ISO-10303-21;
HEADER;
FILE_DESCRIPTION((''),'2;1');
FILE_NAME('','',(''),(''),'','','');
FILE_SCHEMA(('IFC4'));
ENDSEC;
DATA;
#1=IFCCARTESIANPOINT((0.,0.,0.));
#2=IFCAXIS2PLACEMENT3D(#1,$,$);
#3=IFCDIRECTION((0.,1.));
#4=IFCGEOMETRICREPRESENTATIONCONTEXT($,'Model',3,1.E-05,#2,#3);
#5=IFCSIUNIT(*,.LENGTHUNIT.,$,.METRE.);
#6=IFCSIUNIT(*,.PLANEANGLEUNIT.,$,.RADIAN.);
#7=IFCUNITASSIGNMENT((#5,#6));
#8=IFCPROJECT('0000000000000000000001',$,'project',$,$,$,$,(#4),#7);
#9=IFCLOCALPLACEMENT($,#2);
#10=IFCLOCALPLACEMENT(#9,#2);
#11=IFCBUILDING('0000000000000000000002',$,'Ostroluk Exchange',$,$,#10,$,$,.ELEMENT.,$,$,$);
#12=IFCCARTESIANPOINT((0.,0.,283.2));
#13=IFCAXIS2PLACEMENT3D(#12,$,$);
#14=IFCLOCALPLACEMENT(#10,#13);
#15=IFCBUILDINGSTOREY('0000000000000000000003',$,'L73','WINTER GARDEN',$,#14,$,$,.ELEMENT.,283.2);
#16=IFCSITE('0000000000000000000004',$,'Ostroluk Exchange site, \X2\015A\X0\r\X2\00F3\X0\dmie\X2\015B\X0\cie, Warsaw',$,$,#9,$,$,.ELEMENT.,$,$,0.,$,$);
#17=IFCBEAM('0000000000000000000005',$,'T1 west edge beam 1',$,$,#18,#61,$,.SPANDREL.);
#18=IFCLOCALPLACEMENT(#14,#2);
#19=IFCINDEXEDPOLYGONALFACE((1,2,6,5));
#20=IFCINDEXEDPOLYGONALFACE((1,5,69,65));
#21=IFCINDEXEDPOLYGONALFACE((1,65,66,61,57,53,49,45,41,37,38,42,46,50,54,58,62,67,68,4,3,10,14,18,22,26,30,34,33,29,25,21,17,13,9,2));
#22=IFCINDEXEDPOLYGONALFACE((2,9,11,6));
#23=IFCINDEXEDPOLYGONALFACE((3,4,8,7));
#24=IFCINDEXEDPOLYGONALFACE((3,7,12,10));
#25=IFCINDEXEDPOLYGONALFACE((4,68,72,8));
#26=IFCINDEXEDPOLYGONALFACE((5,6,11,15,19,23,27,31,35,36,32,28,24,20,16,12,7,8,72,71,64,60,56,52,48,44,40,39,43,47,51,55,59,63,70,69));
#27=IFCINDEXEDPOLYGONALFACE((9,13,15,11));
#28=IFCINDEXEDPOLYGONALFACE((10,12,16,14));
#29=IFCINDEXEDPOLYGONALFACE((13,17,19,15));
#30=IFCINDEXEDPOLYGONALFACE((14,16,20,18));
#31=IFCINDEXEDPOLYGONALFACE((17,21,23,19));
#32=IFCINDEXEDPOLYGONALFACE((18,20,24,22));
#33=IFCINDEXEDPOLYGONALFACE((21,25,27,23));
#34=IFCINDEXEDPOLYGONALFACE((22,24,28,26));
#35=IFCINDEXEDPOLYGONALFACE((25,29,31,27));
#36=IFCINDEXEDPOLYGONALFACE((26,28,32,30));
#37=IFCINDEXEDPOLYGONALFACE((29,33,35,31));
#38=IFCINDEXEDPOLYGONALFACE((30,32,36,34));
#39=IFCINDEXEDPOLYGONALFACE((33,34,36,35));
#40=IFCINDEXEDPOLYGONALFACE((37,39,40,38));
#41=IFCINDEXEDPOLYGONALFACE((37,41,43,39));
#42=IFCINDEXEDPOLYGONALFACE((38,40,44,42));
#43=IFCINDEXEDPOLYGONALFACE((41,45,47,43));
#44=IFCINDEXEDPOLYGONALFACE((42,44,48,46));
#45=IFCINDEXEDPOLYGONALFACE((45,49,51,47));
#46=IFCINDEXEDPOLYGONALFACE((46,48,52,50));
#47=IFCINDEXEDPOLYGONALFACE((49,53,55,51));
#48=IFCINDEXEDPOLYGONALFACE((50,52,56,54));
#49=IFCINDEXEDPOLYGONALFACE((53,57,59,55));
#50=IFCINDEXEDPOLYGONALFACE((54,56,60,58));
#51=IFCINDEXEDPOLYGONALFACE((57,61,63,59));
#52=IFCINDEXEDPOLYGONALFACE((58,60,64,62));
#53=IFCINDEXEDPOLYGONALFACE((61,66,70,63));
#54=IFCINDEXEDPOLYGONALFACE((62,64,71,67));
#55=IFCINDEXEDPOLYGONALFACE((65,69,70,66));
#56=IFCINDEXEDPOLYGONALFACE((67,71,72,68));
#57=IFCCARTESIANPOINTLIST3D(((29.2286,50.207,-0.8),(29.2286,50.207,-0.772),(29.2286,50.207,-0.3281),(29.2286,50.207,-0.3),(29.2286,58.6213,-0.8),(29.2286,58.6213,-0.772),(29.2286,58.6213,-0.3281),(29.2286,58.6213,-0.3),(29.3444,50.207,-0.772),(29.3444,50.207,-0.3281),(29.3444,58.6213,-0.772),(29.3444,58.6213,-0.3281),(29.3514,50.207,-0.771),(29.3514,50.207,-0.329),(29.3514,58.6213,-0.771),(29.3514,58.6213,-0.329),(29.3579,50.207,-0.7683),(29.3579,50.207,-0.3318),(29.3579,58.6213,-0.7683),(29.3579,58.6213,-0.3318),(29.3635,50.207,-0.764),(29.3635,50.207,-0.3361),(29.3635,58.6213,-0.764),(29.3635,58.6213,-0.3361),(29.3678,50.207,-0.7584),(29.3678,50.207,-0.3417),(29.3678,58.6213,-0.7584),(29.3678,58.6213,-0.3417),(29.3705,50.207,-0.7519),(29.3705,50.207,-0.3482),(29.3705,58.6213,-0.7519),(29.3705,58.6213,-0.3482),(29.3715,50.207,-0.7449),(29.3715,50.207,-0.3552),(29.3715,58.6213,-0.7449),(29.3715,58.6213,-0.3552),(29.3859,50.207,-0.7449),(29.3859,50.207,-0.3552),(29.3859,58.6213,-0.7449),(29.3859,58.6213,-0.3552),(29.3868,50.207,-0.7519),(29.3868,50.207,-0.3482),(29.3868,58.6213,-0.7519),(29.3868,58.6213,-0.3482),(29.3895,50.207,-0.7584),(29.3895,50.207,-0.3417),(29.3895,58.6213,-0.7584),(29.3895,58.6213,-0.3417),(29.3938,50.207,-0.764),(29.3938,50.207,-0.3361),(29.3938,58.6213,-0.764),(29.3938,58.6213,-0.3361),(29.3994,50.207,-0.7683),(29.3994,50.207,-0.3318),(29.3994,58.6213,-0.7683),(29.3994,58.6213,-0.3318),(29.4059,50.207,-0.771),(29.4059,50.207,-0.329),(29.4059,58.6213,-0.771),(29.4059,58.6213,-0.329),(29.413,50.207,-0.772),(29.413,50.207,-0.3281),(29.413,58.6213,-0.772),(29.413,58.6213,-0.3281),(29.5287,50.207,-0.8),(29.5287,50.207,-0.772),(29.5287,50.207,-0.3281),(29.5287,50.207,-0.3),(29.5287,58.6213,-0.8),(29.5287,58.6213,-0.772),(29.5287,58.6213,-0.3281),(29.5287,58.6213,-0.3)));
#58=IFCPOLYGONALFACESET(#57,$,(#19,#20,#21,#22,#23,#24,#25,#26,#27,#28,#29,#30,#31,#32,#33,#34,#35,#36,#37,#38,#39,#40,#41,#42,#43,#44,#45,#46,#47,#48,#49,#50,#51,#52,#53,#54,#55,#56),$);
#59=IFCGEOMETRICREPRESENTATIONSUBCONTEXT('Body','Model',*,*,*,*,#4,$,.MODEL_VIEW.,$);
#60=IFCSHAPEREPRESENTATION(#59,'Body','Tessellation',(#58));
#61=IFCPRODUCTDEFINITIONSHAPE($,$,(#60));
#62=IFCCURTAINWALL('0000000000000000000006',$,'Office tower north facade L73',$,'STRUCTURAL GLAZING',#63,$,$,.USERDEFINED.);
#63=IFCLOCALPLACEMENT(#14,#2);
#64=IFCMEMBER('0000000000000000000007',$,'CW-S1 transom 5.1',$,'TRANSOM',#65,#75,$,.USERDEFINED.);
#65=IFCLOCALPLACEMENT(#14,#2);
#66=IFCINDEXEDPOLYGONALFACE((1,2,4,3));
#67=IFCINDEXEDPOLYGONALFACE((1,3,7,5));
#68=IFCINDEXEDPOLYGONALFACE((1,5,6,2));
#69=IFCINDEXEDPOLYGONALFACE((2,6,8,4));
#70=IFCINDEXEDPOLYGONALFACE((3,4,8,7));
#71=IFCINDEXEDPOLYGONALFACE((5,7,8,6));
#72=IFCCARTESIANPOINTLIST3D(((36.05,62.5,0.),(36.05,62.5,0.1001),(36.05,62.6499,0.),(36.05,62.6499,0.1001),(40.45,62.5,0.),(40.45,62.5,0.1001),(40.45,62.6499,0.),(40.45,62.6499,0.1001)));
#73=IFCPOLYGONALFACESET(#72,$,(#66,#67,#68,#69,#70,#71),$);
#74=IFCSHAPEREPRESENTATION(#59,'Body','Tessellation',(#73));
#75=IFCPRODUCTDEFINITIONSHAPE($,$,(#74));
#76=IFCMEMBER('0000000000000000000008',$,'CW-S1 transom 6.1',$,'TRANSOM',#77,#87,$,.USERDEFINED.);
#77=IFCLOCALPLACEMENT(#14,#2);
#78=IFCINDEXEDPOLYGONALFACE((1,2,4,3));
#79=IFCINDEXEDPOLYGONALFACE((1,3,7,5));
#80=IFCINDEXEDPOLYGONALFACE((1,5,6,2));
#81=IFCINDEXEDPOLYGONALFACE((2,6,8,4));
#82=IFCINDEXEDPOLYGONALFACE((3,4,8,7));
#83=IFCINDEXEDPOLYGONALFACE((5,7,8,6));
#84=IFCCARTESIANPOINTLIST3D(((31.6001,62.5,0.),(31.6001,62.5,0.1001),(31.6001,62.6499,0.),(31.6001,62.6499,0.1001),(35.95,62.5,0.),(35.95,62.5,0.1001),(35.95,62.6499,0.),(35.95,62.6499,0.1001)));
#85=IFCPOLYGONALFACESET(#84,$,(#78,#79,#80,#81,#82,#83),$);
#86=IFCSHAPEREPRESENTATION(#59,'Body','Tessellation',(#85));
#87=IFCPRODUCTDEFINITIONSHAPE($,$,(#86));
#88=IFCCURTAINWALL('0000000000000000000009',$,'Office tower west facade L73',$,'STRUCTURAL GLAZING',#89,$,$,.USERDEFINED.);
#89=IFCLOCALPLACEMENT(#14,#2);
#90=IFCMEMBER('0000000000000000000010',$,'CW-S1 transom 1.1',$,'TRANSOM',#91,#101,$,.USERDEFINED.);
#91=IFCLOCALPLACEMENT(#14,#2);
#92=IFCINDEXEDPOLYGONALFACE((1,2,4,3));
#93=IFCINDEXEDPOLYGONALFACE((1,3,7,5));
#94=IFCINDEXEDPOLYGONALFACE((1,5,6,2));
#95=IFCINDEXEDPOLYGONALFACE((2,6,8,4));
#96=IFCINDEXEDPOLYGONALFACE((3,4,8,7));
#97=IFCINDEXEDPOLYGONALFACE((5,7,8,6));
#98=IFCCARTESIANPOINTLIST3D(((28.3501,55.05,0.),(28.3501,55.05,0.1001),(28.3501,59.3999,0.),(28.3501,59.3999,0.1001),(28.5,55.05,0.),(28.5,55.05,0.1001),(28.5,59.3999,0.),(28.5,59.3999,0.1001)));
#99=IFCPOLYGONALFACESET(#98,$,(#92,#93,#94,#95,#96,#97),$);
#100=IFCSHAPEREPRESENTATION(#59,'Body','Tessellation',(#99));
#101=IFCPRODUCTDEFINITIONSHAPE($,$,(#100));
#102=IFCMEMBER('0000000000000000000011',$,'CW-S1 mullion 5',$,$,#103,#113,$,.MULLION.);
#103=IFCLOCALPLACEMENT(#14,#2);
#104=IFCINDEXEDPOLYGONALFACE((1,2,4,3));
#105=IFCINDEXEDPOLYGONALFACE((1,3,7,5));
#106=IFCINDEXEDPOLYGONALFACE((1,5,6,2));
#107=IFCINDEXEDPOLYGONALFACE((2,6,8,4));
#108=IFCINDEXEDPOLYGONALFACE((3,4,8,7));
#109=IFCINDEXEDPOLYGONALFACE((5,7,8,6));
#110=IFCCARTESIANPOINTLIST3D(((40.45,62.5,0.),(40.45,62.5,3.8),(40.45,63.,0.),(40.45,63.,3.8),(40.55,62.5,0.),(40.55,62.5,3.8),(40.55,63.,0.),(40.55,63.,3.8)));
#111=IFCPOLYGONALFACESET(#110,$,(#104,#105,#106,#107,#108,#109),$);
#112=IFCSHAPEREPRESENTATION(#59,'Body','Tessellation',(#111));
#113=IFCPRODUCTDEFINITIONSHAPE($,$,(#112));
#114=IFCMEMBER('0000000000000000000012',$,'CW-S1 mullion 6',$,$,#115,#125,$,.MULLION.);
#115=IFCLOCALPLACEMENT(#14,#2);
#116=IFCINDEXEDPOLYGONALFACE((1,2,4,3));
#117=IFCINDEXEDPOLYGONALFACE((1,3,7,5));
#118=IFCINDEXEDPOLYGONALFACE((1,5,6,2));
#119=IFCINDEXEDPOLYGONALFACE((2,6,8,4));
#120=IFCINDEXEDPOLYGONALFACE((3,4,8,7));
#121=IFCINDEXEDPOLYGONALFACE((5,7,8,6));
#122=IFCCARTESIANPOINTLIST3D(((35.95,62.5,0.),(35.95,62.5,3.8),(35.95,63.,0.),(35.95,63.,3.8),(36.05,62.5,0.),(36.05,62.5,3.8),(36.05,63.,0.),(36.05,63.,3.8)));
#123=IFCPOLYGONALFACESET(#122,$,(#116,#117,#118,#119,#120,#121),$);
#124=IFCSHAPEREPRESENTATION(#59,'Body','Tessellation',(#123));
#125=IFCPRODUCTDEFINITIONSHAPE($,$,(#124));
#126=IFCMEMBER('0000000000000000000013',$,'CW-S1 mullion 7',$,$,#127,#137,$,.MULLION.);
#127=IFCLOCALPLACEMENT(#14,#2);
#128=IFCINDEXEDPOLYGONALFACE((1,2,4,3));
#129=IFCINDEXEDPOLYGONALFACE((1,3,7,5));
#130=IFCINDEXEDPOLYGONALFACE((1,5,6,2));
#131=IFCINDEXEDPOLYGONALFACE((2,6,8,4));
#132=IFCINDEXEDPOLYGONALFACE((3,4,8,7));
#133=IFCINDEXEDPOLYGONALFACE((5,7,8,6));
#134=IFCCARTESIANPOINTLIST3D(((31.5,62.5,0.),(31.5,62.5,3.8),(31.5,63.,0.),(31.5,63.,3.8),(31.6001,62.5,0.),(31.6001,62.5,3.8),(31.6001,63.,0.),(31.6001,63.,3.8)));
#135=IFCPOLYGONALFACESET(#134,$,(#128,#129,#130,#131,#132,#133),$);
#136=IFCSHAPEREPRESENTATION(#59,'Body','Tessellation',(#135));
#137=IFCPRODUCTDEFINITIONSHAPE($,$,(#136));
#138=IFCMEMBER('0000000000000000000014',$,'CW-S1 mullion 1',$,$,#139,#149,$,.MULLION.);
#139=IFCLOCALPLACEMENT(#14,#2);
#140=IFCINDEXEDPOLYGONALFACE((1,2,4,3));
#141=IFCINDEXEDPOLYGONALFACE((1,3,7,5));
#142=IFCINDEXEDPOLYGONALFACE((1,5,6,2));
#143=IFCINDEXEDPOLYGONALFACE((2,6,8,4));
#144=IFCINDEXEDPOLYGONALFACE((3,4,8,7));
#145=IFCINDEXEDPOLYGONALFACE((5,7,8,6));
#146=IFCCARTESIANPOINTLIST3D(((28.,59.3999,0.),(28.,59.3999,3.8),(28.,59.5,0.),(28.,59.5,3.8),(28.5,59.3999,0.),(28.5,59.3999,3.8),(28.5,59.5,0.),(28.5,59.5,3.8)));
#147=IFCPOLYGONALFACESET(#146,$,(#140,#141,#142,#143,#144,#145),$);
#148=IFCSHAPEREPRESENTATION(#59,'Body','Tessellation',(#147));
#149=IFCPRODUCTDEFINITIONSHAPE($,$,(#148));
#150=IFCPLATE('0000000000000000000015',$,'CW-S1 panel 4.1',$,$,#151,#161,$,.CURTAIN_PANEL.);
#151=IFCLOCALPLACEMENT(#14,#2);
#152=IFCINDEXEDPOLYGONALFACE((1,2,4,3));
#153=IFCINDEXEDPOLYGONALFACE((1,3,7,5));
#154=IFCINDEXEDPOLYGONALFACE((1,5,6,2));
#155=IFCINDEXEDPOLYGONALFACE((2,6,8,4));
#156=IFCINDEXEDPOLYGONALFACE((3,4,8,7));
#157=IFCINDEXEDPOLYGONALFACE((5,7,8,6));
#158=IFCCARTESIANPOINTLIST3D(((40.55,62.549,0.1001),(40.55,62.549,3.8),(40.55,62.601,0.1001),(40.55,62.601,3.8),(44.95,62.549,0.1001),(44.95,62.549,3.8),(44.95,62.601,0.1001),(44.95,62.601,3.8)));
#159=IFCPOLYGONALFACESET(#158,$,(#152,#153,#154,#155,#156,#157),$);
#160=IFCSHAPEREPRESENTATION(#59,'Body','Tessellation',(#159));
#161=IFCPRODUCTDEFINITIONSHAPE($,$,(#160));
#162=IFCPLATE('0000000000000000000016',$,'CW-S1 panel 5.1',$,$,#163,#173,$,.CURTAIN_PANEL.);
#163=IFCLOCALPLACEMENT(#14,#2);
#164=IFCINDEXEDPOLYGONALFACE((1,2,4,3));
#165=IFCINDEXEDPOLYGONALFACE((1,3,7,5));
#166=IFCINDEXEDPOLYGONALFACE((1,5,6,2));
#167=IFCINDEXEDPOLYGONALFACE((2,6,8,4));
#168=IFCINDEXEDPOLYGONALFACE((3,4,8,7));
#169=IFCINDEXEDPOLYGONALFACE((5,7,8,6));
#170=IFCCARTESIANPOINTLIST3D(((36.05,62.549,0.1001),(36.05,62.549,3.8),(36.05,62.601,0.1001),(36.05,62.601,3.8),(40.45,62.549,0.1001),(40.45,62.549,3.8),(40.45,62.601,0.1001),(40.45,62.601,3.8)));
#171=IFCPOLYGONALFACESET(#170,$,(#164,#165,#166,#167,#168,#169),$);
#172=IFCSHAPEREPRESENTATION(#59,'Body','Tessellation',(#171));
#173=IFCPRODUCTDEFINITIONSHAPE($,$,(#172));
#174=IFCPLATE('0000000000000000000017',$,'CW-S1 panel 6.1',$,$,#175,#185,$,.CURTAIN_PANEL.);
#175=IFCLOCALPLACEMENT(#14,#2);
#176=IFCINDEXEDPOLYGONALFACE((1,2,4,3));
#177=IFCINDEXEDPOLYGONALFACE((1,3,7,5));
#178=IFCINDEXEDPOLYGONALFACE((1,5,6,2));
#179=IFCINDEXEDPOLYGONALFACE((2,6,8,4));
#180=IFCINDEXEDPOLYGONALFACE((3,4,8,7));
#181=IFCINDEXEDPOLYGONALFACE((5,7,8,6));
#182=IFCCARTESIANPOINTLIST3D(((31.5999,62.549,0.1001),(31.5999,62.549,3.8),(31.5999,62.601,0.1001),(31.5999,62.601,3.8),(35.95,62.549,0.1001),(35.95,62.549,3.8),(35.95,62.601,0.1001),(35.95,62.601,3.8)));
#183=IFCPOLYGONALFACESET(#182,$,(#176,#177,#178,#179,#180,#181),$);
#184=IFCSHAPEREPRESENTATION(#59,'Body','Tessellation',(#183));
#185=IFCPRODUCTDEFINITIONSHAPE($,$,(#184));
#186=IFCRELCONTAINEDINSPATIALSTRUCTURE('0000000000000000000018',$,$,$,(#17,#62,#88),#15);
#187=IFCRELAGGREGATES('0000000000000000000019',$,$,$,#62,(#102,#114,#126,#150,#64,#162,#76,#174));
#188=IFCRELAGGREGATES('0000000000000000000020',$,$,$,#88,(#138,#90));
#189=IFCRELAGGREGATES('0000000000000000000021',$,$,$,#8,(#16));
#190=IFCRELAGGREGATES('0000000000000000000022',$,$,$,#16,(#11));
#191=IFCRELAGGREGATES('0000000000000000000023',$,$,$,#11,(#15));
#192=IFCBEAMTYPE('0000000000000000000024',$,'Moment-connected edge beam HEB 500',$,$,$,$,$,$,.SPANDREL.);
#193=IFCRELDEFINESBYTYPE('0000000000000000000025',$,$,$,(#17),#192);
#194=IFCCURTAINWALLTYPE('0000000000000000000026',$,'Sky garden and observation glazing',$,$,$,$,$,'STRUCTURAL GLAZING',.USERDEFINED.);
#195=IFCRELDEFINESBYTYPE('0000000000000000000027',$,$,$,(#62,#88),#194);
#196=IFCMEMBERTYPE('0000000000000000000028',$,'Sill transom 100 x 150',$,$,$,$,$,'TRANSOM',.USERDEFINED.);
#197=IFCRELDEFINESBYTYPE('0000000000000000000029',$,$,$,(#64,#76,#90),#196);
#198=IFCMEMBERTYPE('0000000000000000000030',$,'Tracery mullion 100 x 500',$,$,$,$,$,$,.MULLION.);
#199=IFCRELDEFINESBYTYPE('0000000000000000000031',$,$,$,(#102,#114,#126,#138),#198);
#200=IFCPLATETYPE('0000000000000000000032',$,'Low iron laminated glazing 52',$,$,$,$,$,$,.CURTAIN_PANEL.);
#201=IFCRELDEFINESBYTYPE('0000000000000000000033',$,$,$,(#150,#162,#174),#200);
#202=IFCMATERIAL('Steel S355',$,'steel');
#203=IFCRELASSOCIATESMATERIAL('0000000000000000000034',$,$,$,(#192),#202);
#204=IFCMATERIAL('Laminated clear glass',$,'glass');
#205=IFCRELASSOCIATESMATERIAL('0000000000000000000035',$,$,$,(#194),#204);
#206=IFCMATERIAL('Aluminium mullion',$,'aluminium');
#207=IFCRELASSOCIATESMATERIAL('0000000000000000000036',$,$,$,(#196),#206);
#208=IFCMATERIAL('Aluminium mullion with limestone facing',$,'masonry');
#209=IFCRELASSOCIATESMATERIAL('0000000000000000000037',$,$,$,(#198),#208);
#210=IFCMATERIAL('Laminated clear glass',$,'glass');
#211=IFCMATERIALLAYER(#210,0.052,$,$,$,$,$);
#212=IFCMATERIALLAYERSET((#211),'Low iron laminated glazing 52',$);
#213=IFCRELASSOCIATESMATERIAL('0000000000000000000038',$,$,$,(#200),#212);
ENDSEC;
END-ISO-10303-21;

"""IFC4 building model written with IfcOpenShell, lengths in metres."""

from ifc_helpers import new_model, si_unit, direction, frame, origin, origin_2d, place, context, subcontext, project, spatial, rectangle, i_section, extrude, material, layer, layer_set, material_profile, profile_set, type_object, element, aggregate, save


model = new_model("IFC4")

# Units and contexts
model_context = context("Model", 3, precision=1e-05, world=origin(), true_north=direction((0.0, 1.0)))
body_context = subcontext(model_context, "Body", "Model", "MODEL_VIEW")
ifc_project = project(units=[si_unit("LENGTHUNIT", "METRE"), si_unit("PLANEANGLEUNIT", "RADIAN")], contexts=[model_context])

# Site, building, storey
site_placement = place(None, origin())
site = spatial("IfcSite", under=ifc_project, at=site_placement, Name="Ostroluk Exchange site, Śródmieście, Warsaw", CompositionType="ELEMENT", RefElevation=0.0)
building_placement = place(site_placement, origin())
building = spatial("IfcBuilding", under=site, at=building_placement, Name="Ostroluk Exchange", CompositionType="ELEMENT")
storey_placement = place(building_placement, frame((0.0, 0.0, 283.2)))
storey = spatial("IfcBuildingStorey", under=building, at=storey_placement, Name="L73", Description="WINTER GARDEN", CompositionType="ELEMENT", Elevation=283.2)

# Beam
ifc_material_1 = material(Name="Steel S355", Category="steel")
ifc_material_profile_1 = material_profile(ifc_material_1, i_section(OverallWidth=0.3, OverallDepth=0.5, WebThickness=0.0144, FlangeThickness=0.0281, FilletRadius=0.0271, at=origin_2d()), Name="HEB 500")
ifc_profile_set_1 = profile_set([ifc_material_profile_1], Name="Steel S355")
beam_type_1 = type_object("IfcBeamType", Name="Moment-connected edge beam HEB 500", PredefinedType="SPANDREL", material=ifc_profile_set_1)
for number, where, z_axis, x_axis, name in (
    (1, (29.3787, 58.6213, -0.55), (0.0, -1.0, 0.0), (1.0, 0.0, 0.0), "T1 west edge beam 1"),
):
    element("IfcBeam", number, at=place(storey_placement, frame(where, z_axis=z_axis, x_axis=x_axis)), inside=storey, type_object=beam_type_1, Name=name, PredefinedType="SPANDREL", context=body_context, shape_type="SweptSolid", body=[
        extrude(i_section(OverallWidth=0.3, OverallDepth=0.5, WebThickness=0.0144, FlangeThickness=0.0281, FilletRadius=0.0271, at=origin_2d()), origin(), (0.0, 0.0, 1.0), 8.4143),
    ])

# Curtain wall, members
ifc_material_2 = material(Name="Laminated clear glass", Category="glass")
curtain_wall_type = type_object("IfcCurtainWallType", Name="Sky garden and observation glazing", ElementType="STRUCTURAL GLAZING", PredefinedType="USERDEFINED", material=ifc_material_2)
curtain_wall_1_placement = place(storey_placement, origin())
curtain_wall_1 = element("IfcCurtainWall", 2, at=curtain_wall_1_placement, inside=storey, type_object=curtain_wall_type, Name="Office tower north facade L73", ObjectType="STRUCTURAL GLAZING", PredefinedType="USERDEFINED")
ifc_material_3 = material(Name="Aluminium mullion", Category="aluminium")
ifc_material_profile_2 = material_profile(ifc_material_3, rectangle(XDim=0.1499, YDim=0.1001, at=origin_2d()), Name="Sill transom 100 x 150")
ifc_profile_set_2 = profile_set([ifc_material_profile_2], Name="Aluminium mullion")
member_type_1 = type_object("IfcMemberType", Name="Sill transom 100 x 150", ElementType="TRANSOM", PredefinedType="USERDEFINED", material=ifc_profile_set_2)
member_1_placement = place(storey_placement, frame((40.45, 62.575, 0.05), z_axis=(-1.0, 0.0, 0.0), x_axis=(0.0, -1.0, 0.0)))
member_1 = element("IfcMember", 3, at=member_1_placement, type_object=member_type_1, Name="CW-S1 transom 5.1", ObjectType="TRANSOM", PredefinedType="USERDEFINED", context=body_context, shape_type="SweptSolid", body=[
    extrude(rectangle(XDim=0.1499, YDim=0.1001, at=origin_2d()), origin(), (0.0, 0.0, 1.0), 4.3999),
])
member_2_placement = place(storey_placement, frame((35.95, 62.575, 0.05), z_axis=(-1.0, 0.0, 0.0), x_axis=(0.0, -1.0, 0.0)))
member_2 = element("IfcMember", 4, at=member_2_placement, type_object=member_type_1, Name="CW-S1 transom 6.1", ObjectType="TRANSOM", PredefinedType="USERDEFINED", context=body_context, shape_type="SweptSolid", body=[
    extrude(rectangle(XDim=0.1499, YDim=0.1001, at=origin_2d()), origin(), (0.0, 0.0, 1.0), 4.3499),
])

# Curtain wall, member
curtain_wall_2_placement = place(storey_placement, origin())
curtain_wall_2 = element("IfcCurtainWall", 5, at=curtain_wall_2_placement, inside=storey, type_object=curtain_wall_type, Name="Office tower west facade L73", ObjectType="STRUCTURAL GLAZING", PredefinedType="USERDEFINED")
member_3_placement = place(storey_placement, frame((28.425, 59.3999, 0.05), z_axis=(0.0, -1.0, 0.0), x_axis=(1.0, 0.0, 0.0)))
member_3 = element("IfcMember", 6, at=member_3_placement, type_object=member_type_1, Name="CW-S1 transom 1.1", ObjectType="TRANSOM", PredefinedType="USERDEFINED", context=body_context, shape_type="SweptSolid", body=[
    extrude(rectangle(XDim=0.1499, YDim=0.1001, at=origin_2d()), origin(), (0.0, 0.0, 1.0), 4.3499),
])

# Members
ifc_material_4 = material(Name="Aluminium mullion with limestone facing", Category="masonry")
ifc_material_profile_3 = material_profile(ifc_material_4, rectangle(XDim=0.5, YDim=0.1001, at=origin_2d()), Name="Tracery mullion 100 x 500")
ifc_profile_set_3 = profile_set([ifc_material_profile_3], Name="Aluminium mullion with limestone facing")
member_type_2 = type_object("IfcMemberType", Name="Tracery mullion 100 x 500", PredefinedType="MULLION", material=ifc_profile_set_3)
member_4_placement = place(storey_placement, frame((40.5, 62.75, 0.0), z_axis=(0.0, 0.0, 1.0), x_axis=(0.0, -1.0, 0.0)))
member_4 = element("IfcMember", 7, at=member_4_placement, type_object=member_type_2, Name="CW-S1 mullion 5", PredefinedType="MULLION", context=body_context, shape_type="SweptSolid", body=[
    extrude(rectangle(XDim=0.5, YDim=0.1001, at=origin_2d()), origin(), (0.0, 0.0, 1.0), 3.8),
])
member_5_placement = place(storey_placement, frame((36.0, 62.75, 0.0), z_axis=(0.0, 0.0, 1.0), x_axis=(0.0, -1.0, 0.0)))
member_5 = element("IfcMember", 8, at=member_5_placement, type_object=member_type_2, Name="CW-S1 mullion 6", PredefinedType="MULLION", context=body_context, shape_type="SweptSolid", body=[
    extrude(rectangle(XDim=0.5, YDim=0.1001, at=origin_2d()), origin(), (0.0, 0.0, 1.0), 3.8),
])
member_6_placement = place(storey_placement, frame((31.55, 62.75, 0.0), z_axis=(0.0, 0.0, 1.0), x_axis=(0.0, -1.0, 0.0)))
member_6 = element("IfcMember", 9, at=member_6_placement, type_object=member_type_2, Name="CW-S1 mullion 7", PredefinedType="MULLION", context=body_context, shape_type="SweptSolid", body=[
    extrude(rectangle(XDim=0.5, YDim=0.1001, at=origin_2d()), origin(), (0.0, 0.0, 1.0), 3.8),
])
member_7_placement = place(storey_placement, frame((28.25, 59.45, 0.0), z_axis=(0.0, 0.0, 1.0), x_axis=(1.0, 0.0, 0.0)))
member_7 = element("IfcMember", 10, at=member_7_placement, type_object=member_type_2, Name="CW-S1 mullion 1", PredefinedType="MULLION", context=body_context, shape_type="SweptSolid", body=[
    extrude(rectangle(XDim=0.5, YDim=0.1001, at=origin_2d()), origin(), (0.0, 0.0, 1.0), 3.8),
])

# Plates
ifc_material_5 = material(Name="Laminated clear glass", Category="glass")
ifc_layer_1 = layer(ifc_material_5, 0.052)
ifc_layer_set_1 = layer_set([ifc_layer_1], Name="Low iron laminated glazing 52")
plate_type_1 = type_object("IfcPlateType", Name="Low iron laminated glazing 52", PredefinedType="CURTAIN_PANEL", material=ifc_layer_set_1)
plate_1_placement = place(storey_placement, frame((42.75, 62.575, 0.1001), z_axis=(0.0, 0.0, 1.0), x_axis=(-1.0, 0.0, 0.0)))
plate_1 = element("IfcPlate", 11, at=plate_1_placement, type_object=plate_type_1, Name="CW-S1 panel 4.1", PredefinedType="CURTAIN_PANEL", context=body_context, shape_type="SweptSolid", body=[
    extrude(rectangle(XDim=4.3999, YDim=0.052, at=origin_2d()), origin(), (0.0, 0.0, 1.0), 3.7),
])
plate_2_placement = place(storey_placement, frame((38.25, 62.575, 0.1001), z_axis=(0.0, 0.0, 1.0), x_axis=(-1.0, 0.0, 0.0)))
plate_2 = element("IfcPlate", 12, at=plate_2_placement, type_object=plate_type_1, Name="CW-S1 panel 5.1", PredefinedType="CURTAIN_PANEL", context=body_context, shape_type="SweptSolid", body=[
    extrude(rectangle(XDim=4.3999, YDim=0.052, at=origin_2d()), origin(), (0.0, 0.0, 1.0), 3.7),
])
plate_3_placement = place(storey_placement, frame((33.7749, 62.575, 0.1001), z_axis=(0.0, 0.0, 1.0), x_axis=(-1.0, 0.0, 0.0)))
plate_3 = element("IfcPlate", 13, at=plate_3_placement, type_object=plate_type_1, Name="CW-S1 panel 6.1", PredefinedType="CURTAIN_PANEL", context=body_context, shape_type="SweptSolid", body=[
    extrude(rectangle(XDim=4.3501, YDim=0.052, at=origin_2d()), origin(), (0.0, 0.0, 1.0), 3.7),
])
aggregate(curtain_wall_1, [member_4, member_5, member_6, plate_1, member_1, plate_2, member_2, plate_3])
aggregate(curtain_wall_2, [member_7, member_3])

save(model, "model.ifc")
